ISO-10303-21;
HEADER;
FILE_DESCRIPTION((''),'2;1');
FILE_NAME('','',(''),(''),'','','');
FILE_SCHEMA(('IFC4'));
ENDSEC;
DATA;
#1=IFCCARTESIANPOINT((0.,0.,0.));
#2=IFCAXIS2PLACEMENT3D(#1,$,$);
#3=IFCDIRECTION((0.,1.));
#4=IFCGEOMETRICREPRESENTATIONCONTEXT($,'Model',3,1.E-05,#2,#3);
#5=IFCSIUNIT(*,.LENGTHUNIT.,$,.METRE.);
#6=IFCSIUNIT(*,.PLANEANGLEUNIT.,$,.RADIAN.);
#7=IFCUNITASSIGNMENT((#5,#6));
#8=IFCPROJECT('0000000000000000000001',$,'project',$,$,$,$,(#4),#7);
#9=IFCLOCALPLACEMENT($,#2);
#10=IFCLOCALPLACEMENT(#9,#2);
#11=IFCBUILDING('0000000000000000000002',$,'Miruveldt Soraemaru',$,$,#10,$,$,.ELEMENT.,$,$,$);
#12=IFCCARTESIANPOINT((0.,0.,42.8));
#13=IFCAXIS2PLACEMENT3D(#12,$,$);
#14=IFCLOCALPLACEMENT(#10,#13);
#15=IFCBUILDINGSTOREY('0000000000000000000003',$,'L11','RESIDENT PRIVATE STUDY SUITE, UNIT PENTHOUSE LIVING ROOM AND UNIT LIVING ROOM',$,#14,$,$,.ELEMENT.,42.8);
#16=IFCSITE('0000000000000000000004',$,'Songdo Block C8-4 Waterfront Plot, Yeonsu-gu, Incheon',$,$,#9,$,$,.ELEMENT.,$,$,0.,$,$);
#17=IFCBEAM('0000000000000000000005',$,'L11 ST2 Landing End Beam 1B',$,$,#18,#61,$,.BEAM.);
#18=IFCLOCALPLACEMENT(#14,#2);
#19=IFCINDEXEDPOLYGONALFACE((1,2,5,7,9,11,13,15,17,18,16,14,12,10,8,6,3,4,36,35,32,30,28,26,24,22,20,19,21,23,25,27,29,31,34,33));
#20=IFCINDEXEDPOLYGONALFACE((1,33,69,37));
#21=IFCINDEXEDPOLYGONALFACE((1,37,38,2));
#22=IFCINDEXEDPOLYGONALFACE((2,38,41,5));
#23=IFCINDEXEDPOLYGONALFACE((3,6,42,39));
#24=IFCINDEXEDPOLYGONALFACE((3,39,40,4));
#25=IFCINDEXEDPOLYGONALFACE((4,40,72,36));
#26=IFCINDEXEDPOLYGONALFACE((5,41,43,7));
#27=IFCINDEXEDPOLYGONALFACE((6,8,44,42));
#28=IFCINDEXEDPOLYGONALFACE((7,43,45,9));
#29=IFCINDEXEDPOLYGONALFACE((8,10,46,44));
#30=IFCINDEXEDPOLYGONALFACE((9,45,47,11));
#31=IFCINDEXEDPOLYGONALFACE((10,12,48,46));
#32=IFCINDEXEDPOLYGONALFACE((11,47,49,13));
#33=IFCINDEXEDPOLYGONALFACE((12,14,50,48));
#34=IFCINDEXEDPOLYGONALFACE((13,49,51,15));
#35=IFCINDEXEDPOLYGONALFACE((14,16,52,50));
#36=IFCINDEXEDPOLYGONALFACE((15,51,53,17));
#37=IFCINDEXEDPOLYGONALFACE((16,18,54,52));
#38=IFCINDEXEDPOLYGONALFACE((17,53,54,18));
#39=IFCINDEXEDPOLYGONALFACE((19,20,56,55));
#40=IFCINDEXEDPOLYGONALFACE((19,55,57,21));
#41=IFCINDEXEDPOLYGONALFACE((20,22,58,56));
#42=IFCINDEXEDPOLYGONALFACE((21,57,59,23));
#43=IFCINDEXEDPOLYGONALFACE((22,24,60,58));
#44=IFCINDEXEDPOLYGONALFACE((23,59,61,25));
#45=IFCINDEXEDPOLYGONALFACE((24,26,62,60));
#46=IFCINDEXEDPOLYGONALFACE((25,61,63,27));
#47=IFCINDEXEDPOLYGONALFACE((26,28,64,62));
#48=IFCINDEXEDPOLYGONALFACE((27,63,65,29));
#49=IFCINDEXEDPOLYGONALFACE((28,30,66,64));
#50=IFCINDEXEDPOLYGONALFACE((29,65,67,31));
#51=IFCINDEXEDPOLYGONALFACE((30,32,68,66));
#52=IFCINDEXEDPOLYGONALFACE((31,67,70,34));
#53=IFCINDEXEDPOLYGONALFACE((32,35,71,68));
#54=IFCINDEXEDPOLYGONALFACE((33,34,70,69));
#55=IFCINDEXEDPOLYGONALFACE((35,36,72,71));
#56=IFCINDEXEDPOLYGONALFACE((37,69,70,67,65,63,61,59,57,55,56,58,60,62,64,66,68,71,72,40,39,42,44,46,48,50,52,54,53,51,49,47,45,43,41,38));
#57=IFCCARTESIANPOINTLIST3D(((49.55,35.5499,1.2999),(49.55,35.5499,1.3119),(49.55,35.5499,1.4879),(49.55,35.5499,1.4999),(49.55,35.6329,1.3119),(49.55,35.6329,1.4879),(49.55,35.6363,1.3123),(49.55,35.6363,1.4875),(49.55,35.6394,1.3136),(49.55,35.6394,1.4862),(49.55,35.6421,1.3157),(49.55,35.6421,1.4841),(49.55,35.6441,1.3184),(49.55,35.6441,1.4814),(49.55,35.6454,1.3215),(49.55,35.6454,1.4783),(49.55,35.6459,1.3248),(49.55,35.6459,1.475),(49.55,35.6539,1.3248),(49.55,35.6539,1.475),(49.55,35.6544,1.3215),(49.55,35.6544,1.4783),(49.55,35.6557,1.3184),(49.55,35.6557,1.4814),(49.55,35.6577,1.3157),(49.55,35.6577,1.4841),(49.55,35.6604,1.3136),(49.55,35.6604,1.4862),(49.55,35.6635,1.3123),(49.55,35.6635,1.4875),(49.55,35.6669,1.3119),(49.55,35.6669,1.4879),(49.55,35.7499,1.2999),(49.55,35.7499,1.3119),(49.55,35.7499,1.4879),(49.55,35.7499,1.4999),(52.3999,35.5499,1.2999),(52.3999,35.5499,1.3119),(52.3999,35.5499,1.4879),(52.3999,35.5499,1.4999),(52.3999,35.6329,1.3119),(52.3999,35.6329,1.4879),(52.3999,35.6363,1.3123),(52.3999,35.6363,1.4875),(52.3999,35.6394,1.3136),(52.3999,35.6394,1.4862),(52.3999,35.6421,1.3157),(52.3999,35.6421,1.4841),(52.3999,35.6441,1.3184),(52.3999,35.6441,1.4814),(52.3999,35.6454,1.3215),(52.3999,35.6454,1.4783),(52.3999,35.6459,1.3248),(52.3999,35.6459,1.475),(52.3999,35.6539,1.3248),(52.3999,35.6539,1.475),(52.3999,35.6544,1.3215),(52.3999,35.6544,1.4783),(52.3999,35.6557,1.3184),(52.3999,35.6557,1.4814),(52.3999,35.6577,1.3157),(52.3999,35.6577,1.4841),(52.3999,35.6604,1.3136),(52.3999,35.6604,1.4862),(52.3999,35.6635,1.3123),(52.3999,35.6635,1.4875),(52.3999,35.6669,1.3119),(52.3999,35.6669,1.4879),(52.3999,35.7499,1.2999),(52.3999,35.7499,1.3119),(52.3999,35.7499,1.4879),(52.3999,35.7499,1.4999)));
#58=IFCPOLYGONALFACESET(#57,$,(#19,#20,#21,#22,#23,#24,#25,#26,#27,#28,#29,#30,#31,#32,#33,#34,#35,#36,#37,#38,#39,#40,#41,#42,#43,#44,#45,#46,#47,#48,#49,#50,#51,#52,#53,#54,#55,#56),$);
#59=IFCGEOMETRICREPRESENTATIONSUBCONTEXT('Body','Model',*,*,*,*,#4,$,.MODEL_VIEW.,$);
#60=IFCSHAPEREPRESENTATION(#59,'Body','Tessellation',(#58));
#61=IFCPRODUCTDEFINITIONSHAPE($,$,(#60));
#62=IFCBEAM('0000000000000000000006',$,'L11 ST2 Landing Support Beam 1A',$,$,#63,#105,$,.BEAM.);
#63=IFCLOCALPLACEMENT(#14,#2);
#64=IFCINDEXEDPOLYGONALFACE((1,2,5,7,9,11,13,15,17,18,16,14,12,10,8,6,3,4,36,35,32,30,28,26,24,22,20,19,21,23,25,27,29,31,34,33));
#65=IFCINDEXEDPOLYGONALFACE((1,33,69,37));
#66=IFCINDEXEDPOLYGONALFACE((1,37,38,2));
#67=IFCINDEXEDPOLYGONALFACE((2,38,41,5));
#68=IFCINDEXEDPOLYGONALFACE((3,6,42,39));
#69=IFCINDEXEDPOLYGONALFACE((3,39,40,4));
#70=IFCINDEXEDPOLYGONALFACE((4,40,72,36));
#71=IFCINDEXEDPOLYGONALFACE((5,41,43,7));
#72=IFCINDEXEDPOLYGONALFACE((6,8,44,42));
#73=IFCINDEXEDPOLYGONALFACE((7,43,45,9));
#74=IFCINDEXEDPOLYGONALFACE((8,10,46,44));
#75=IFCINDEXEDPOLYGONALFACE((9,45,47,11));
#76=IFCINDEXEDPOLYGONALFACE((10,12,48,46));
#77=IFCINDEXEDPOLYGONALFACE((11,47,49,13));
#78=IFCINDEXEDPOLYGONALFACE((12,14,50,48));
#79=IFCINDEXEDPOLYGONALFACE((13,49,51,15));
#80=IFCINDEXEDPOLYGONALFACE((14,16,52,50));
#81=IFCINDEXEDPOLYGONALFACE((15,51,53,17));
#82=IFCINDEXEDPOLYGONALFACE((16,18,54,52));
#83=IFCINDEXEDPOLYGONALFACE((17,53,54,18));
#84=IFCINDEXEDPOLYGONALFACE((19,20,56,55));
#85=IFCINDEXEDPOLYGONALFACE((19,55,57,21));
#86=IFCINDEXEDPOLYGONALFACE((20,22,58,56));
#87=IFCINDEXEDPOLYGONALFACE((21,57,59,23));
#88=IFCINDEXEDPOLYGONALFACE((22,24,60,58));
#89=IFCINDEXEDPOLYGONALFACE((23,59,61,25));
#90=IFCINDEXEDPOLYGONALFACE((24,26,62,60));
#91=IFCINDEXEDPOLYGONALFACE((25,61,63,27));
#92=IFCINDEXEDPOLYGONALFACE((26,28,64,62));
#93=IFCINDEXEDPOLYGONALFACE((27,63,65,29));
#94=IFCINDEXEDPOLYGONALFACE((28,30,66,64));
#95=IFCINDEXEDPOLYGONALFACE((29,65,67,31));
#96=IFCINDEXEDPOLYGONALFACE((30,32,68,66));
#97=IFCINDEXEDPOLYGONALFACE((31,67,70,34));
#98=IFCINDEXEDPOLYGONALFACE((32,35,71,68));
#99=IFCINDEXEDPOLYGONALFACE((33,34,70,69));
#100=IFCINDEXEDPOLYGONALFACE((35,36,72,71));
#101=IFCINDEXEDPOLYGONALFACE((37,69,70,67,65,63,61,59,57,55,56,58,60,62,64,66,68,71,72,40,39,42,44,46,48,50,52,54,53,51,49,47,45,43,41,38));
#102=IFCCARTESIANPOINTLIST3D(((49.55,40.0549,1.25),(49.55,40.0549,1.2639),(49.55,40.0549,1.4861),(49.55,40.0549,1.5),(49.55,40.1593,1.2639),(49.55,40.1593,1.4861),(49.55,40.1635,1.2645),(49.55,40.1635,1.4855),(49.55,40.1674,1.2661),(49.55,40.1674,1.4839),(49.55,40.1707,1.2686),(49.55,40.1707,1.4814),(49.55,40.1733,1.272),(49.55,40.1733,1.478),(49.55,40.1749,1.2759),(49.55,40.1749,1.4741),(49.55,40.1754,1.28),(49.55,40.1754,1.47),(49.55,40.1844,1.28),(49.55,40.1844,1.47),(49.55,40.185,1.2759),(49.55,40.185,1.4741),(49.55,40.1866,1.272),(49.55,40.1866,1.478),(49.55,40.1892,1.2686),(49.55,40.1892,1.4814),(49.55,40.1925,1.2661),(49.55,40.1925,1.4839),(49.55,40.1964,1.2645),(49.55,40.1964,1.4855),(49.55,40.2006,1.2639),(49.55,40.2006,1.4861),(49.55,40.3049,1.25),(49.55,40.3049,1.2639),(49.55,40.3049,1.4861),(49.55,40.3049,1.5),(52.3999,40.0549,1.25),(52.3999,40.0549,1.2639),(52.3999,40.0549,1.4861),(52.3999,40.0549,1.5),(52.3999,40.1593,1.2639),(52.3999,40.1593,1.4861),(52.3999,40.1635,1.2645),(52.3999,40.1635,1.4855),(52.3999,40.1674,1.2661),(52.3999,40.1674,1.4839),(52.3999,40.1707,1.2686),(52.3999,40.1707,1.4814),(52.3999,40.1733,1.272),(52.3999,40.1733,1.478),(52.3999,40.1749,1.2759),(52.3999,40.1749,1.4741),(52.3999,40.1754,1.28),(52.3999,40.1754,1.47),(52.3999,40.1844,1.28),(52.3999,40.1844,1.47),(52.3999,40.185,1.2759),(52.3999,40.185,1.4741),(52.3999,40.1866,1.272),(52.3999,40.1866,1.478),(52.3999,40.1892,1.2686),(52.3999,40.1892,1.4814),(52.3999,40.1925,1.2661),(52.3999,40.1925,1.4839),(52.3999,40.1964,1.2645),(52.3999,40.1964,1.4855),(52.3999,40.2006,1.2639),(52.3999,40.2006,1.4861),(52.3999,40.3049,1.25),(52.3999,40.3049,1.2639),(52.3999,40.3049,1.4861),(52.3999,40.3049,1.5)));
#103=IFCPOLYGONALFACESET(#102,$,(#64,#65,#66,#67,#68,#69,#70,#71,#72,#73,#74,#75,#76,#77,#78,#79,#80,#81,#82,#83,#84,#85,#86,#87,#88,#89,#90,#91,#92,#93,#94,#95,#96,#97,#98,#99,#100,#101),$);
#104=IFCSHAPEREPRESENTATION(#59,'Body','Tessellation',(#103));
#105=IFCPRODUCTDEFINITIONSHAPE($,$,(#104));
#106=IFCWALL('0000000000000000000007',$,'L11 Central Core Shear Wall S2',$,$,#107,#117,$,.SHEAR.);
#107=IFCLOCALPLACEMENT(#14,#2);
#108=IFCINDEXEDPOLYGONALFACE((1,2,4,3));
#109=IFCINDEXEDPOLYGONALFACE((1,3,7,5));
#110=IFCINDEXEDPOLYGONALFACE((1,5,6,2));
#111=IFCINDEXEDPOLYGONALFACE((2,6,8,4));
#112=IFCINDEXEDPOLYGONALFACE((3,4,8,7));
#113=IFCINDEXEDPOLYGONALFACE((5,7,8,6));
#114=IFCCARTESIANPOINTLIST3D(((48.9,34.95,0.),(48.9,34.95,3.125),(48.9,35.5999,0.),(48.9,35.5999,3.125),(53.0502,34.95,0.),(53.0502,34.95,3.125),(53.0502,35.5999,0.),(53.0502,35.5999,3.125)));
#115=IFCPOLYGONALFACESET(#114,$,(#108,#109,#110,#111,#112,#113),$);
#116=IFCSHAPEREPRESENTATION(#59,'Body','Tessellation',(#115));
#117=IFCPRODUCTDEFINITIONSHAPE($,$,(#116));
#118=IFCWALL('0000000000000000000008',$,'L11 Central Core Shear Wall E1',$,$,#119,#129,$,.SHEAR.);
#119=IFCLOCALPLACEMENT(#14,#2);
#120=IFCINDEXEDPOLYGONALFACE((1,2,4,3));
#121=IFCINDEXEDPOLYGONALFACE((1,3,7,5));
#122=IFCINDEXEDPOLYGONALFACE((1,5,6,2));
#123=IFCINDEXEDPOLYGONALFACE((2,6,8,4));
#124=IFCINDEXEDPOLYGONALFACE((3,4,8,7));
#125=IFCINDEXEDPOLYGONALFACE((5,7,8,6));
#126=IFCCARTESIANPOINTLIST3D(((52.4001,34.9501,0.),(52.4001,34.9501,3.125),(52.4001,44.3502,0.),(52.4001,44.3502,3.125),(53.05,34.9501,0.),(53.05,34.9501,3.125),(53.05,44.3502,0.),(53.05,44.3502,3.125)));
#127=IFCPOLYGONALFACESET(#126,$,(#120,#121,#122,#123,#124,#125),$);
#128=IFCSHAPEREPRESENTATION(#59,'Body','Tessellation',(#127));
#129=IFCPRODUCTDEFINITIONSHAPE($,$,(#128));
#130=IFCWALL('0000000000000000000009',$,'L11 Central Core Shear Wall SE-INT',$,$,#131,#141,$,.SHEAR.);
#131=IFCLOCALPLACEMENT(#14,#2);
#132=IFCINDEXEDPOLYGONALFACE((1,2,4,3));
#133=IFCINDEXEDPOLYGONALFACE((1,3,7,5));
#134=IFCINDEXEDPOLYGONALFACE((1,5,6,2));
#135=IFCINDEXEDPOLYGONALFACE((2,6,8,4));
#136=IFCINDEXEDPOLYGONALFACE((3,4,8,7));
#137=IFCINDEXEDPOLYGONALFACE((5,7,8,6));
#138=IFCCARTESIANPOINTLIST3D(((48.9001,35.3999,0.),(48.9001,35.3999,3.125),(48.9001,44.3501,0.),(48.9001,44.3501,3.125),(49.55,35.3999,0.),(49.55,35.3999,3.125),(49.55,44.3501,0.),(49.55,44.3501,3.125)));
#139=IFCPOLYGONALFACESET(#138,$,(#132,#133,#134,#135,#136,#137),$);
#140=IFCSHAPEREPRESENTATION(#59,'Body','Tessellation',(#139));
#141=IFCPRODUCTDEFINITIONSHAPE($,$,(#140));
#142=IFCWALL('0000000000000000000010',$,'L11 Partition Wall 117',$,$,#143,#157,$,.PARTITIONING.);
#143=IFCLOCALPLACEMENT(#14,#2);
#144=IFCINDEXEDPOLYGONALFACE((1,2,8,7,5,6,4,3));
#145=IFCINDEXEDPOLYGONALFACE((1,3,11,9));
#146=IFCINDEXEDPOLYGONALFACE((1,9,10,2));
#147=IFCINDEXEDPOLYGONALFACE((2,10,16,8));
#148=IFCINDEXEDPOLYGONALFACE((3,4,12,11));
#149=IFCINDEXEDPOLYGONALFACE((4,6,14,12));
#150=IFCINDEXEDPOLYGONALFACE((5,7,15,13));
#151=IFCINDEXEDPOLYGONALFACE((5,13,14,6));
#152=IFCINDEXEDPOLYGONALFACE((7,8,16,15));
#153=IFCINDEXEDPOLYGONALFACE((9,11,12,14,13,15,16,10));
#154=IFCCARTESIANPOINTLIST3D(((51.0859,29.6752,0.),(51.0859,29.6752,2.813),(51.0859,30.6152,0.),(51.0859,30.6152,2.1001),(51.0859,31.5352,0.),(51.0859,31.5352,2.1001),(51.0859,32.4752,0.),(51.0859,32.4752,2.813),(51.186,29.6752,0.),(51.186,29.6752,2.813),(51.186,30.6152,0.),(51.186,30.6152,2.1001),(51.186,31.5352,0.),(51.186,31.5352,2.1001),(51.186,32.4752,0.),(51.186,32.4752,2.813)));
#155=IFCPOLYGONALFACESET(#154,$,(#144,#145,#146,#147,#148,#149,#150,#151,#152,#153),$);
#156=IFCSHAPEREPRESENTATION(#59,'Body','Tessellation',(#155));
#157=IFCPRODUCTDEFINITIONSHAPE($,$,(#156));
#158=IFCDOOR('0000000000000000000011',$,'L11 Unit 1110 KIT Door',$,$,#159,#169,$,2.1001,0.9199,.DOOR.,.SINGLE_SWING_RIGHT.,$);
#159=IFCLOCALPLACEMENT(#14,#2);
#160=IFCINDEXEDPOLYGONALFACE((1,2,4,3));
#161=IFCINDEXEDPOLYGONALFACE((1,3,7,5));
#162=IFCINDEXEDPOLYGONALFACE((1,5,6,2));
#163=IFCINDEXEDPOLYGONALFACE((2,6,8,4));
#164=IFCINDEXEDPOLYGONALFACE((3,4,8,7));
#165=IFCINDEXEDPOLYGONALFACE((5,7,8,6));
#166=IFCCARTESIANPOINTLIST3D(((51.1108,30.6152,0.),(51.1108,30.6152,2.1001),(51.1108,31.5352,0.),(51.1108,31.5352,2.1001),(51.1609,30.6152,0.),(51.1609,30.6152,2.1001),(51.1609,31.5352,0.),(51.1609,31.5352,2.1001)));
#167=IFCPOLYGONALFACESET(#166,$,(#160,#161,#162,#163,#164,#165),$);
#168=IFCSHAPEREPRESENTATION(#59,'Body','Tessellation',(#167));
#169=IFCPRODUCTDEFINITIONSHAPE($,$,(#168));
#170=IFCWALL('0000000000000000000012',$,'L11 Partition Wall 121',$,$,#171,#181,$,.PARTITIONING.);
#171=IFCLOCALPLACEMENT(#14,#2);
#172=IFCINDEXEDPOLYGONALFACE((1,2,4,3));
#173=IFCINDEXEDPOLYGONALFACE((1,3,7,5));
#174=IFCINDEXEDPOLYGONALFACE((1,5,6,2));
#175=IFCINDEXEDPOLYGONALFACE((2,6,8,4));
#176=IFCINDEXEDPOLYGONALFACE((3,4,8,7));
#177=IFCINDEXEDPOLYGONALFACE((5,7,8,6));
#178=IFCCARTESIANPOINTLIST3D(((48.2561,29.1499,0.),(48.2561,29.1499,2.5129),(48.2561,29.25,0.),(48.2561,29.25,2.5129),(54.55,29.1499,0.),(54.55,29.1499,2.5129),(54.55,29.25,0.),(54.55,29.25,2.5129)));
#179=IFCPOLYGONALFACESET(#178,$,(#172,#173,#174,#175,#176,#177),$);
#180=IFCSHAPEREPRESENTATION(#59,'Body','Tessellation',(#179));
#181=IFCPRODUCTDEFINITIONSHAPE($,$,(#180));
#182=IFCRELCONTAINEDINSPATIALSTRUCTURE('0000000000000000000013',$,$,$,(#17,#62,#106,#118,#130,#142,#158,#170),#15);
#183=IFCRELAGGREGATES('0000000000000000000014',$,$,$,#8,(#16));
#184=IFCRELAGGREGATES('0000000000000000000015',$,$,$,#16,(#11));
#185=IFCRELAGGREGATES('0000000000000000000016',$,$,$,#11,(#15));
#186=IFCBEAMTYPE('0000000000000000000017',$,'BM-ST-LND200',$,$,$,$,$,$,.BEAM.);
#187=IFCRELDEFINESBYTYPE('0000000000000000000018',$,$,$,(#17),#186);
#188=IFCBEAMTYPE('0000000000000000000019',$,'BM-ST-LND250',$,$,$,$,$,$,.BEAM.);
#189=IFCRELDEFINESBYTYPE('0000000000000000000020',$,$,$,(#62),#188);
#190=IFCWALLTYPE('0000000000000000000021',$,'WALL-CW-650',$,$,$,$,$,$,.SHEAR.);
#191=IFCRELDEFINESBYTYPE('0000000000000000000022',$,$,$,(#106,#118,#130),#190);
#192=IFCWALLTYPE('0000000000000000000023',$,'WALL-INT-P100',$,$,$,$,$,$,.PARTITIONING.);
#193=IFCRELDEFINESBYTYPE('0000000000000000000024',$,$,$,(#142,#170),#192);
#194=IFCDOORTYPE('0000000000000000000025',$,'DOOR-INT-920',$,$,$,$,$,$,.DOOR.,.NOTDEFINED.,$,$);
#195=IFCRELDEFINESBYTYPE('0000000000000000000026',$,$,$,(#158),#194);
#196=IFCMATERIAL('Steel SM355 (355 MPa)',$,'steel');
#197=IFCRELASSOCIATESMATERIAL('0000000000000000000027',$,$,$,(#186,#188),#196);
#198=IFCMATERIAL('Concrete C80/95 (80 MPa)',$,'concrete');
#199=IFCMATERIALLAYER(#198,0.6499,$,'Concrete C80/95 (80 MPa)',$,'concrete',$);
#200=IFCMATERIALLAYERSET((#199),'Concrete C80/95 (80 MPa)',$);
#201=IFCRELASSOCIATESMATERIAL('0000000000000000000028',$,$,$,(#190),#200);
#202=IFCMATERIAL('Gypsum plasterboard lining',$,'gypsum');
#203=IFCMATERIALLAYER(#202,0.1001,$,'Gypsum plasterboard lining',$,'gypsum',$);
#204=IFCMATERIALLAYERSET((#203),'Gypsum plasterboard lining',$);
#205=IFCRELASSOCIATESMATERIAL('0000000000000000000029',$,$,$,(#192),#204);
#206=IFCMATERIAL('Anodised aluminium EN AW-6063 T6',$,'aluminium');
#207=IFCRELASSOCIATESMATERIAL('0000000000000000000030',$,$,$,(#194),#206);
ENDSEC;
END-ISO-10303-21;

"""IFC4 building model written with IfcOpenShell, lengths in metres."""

from ifc_helpers import new_model, si_unit, direction, frame, frame_2d, origin, origin_2d, place, context, subcontext, project, spatial, rectangle, i_section, extrude, material, layer, layer_set, material_profile, profile_set, type_object, element, fill, save


model = new_model("IFC4")

# Units and contexts
model_context = context("Model", 3, precision=1e-05, world=origin(), true_north=direction((0.0, 1.0)))
body_context = subcontext(model_context, "Body", "Model", "MODEL_VIEW")
ifc_project = project(units=[si_unit("LENGTHUNIT", "METRE"), si_unit("PLANEANGLEUNIT", "RADIAN")], contexts=[model_context])

# Site, building, storey
site_placement = place(None, origin())
site = spatial("IfcSite", under=ifc_project, at=site_placement, Name="Songdo Block C8-4 Waterfront Plot, Yeonsu-gu, Incheon", CompositionType="ELEMENT", RefElevation=0.0)
building_placement = place(site_placement, origin())
building = spatial("IfcBuilding", under=site, at=building_placement, Name="Miruveldt Soraemaru", CompositionType="ELEMENT")
storey_placement = place(building_placement, frame((0.0, 0.0, 42.8)))
storey = spatial("IfcBuildingStorey", under=building, at=storey_placement, Name="L11", Description="RESIDENT PRIVATE STUDY SUITE, UNIT PENTHOUSE LIVING ROOM AND UNIT LIVING ROOM", CompositionType="ELEMENT", Elevation=42.8)

# Beams
ifc_material_1 = material(Name="Steel SM355 (355 MPa)", Category="steel")
ifc_material_profile_1 = material_profile(ifc_material_1, i_section(OverallWidth=0.2, OverallDepth=0.2, WebThickness=0.0081, FlangeThickness=0.012, FilletRadius=0.0129, at=origin_2d()), Name="Steel SM355 (355 MPa)", Category="steel")
ifc_profile_set_1 = profile_set([ifc_material_profile_1], Name="Steel SM355 (355 MPa)")
beam_type_1 = type_object("IfcBeamType", Name="BM-ST-LND200", PredefinedType="BEAM", material=ifc_profile_set_1)
beam_1_placement = place(storey_placement, frame((49.55, 35.6499, 1.3999), z_axis=(1.0, 0.0, 0.0), x_axis=(0.0, 1.0, 0.0)))
element("IfcBeam", 1, at=beam_1_placement, inside=storey, type_object=beam_type_1, Name="L11 ST2 Landing End Beam 1B", PredefinedType="BEAM", context=body_context, shape_type="SweptSolid", body=[
    extrude(i_section(OverallWidth=0.2, OverallDepth=0.2, WebThickness=0.0081, FlangeThickness=0.012, FilletRadius=0.0129, at=origin_2d()), origin(), (0.0, 0.0, 1.0), 2.8499),
])
ifc_material_profile_2 = material_profile(ifc_material_1, i_section(OverallWidth=0.25, OverallDepth=0.25, WebThickness=0.009, FlangeThickness=0.0139, FilletRadius=0.0161, at=origin_2d()), Name="Steel SM355 (355 MPa)", Category="steel")
ifc_profile_set_2 = profile_set([ifc_material_profile_2], Name="Steel SM355 (355 MPa)")
beam_type_2 = type_object("IfcBeamType", Name="BM-ST-LND250", PredefinedType="BEAM", material=ifc_profile_set_2)
beam_2_placement = place(storey_placement, frame((49.55, 40.1799, 1.375), z_axis=(1.0, 0.0, 0.0), x_axis=(0.0, 1.0, 0.0)))
element("IfcBeam", 2, at=beam_2_placement, inside=storey, type_object=beam_type_2, Name="L11 ST2 Landing Support Beam 1A", PredefinedType="BEAM", context=body_context, shape_type="SweptSolid", body=[
    extrude(i_section(OverallWidth=0.25, OverallDepth=0.25, WebThickness=0.009, FlangeThickness=0.0139, FilletRadius=0.0161, at=origin_2d()), origin(), (0.0, 0.0, 1.0), 2.8499),
])

# Walls
ifc_material_2 = material(Name="Concrete C80/95 (80 MPa)", Category="concrete")
ifc_layer_1 = layer(ifc_material_2, 0.6499, Name="Concrete C80/95 (80 MPa)", Category="concrete")
ifc_layer_set_1 = layer_set([ifc_layer_1], Name="Concrete C80/95 (80 MPa)")
wall_type_1 = type_object("IfcWallType", Name="WALL-CW-650", PredefinedType="SHEAR", material=ifc_layer_set_1)
wall_1_placement = place(storey_placement, frame((48.8999, 35.2749, 0.0), z_axis=(0.0, 0.0, 1.0), x_axis=(1.0, 0.0, 0.0)))
element("IfcWall", 3, at=wall_1_placement, inside=storey, type_object=wall_type_1, Name="L11 Central Core Shear Wall S2", PredefinedType="SHEAR", context=body_context, shape_type="SweptSolid", body=[
    extrude(rectangle(XDim=4.1501, YDim=0.6499, at=frame_2d((2.0752, 0.0))), origin(), (0.0, 0.0, 1.0), 3.125),
])
wall_2_placement = place(storey_placement, frame((52.7251, 34.95, 0.0), z_axis=(0.0, 0.0, 1.0), x_axis=(0.0, 1.0, 0.0)))
element("IfcWall", 4, at=wall_2_placement, inside=storey, type_object=wall_type_1, Name="L11 Central Core Shear Wall E1", PredefinedType="SHEAR", context=body_context, shape_type="SweptSolid", body=[
    extrude(rectangle(XDim=9.4001, YDim=0.6499, at=frame_2d((4.7002, 0.0))), origin(), (0.0, 0.0, 1.0), 3.125),
])
wall_3_placement = place(storey_placement, frame((49.2251, 35.3999, 0.0), z_axis=(0.0, 0.0, 1.0), x_axis=(0.0, 1.0, 0.0)))
element("IfcWall", 5, at=wall_3_placement, inside=storey, type_object=wall_type_1, Name="L11 Central Core Shear Wall SE-INT", PredefinedType="SHEAR", context=body_context, shape_type="SweptSolid", body=[
    extrude(rectangle(XDim=8.9502, YDim=0.6499, at=frame_2d((4.4751, 0.0))), origin(), (0.0, 0.0, 1.0), 3.125),
])

# Wall, opening, door
ifc_material_3 = material(Name="Gypsum plasterboard lining", Category="gypsum")
ifc_layer_2 = layer(ifc_material_3, 0.1001, Name="Gypsum plasterboard lining", Category="gypsum")
ifc_layer_set_2 = layer_set([ifc_layer_2], Name="Gypsum plasterboard lining")
wall_type_2 = type_object("IfcWallType", Name="WALL-INT-P100", PredefinedType="PARTITIONING", material=ifc_layer_set_2)
wall_4_placement = place(storey_placement, frame((51.136, 32.4751, 0.0), z_axis=(0.0, 0.0, 1.0), x_axis=(0.0, -1.0, 0.0)))
wall_4 = element("IfcWall", 6, at=wall_4_placement, inside=storey, type_object=wall_type_2, Name="L11 Partition Wall 117", PredefinedType="PARTITIONING", context=body_context, shape_type="SweptSolid", body=[
    extrude(rectangle(XDim=2.8, YDim=0.1001, at=frame_2d((1.3999, 0.0))), origin(), (0.0, 0.0, 1.0), 2.813),
])
opening_1_placement = place(wall_4_placement, frame((0.9399, 0.0, 0.0)))
opening_1 = element("IfcOpeningElement", 7, at=opening_1_placement, cuts=wall_4, PredefinedType="OPENING", context=body_context, shape_type="SweptSolid", body=[
    extrude(rectangle(XDim=0.9199, YDim=2.1001, at=frame_2d((0.46, 1.05))), frame((0.0, 0.0601, 0.0), z_axis=(0.0, -1.0, 0.0), x_axis=(1.0, 0.0, 0.0)), (0.0, 0.0, 1.0), 0.1201),
])
ifc_material_4 = material(Name="Anodised aluminium EN AW-6063 T6", Category="aluminium")
door_type_1 = type_object("IfcDoorType", Name="DOOR-INT-920", OperationType="NOTDEFINED", PredefinedType="DOOR", material=ifc_material_4)
door_1_placement = place(opening_1_placement, origin())
door_1 = element("IfcDoor", 8, at=door_1_placement, inside=storey, type_object=door_type_1, Name="L11 Unit 1110 KIT Door", OperationType="SINGLE_SWING_RIGHT", OverallHeight=2.1001, OverallWidth=0.9199, PredefinedType="DOOR", context=body_context, shape_type="SweptSolid", body=[
    extrude(rectangle(XDim=0.9199, YDim=2.1001, at=frame_2d((0.46, 1.05))), frame((0.0, 0.0249, 0.0), z_axis=(0.0, -1.0, 0.0), x_axis=(1.0, 0.0, 0.0)), (0.0, 0.0, 1.0), 0.05),
])
fill(opening_1, door_1)

# Wall
wall_5_placement = place(storey_placement, frame((48.2561, 29.2, 0.0), z_axis=(0.0, 0.0, 1.0), x_axis=(1.0, 0.0, 0.0)))
element("IfcWall", 9, at=wall_5_placement, inside=storey, type_object=wall_type_2, Name="L11 Partition Wall 121", PredefinedType="PARTITIONING", context=body_context, shape_type="SweptSolid", body=[
    extrude(rectangle(XDim=6.2939, YDim=0.1001, at=frame_2d((3.147, 0.0))), origin(), (0.0, 0.0, 1.0), 2.5129),
])

save(model, "model.ifc")
